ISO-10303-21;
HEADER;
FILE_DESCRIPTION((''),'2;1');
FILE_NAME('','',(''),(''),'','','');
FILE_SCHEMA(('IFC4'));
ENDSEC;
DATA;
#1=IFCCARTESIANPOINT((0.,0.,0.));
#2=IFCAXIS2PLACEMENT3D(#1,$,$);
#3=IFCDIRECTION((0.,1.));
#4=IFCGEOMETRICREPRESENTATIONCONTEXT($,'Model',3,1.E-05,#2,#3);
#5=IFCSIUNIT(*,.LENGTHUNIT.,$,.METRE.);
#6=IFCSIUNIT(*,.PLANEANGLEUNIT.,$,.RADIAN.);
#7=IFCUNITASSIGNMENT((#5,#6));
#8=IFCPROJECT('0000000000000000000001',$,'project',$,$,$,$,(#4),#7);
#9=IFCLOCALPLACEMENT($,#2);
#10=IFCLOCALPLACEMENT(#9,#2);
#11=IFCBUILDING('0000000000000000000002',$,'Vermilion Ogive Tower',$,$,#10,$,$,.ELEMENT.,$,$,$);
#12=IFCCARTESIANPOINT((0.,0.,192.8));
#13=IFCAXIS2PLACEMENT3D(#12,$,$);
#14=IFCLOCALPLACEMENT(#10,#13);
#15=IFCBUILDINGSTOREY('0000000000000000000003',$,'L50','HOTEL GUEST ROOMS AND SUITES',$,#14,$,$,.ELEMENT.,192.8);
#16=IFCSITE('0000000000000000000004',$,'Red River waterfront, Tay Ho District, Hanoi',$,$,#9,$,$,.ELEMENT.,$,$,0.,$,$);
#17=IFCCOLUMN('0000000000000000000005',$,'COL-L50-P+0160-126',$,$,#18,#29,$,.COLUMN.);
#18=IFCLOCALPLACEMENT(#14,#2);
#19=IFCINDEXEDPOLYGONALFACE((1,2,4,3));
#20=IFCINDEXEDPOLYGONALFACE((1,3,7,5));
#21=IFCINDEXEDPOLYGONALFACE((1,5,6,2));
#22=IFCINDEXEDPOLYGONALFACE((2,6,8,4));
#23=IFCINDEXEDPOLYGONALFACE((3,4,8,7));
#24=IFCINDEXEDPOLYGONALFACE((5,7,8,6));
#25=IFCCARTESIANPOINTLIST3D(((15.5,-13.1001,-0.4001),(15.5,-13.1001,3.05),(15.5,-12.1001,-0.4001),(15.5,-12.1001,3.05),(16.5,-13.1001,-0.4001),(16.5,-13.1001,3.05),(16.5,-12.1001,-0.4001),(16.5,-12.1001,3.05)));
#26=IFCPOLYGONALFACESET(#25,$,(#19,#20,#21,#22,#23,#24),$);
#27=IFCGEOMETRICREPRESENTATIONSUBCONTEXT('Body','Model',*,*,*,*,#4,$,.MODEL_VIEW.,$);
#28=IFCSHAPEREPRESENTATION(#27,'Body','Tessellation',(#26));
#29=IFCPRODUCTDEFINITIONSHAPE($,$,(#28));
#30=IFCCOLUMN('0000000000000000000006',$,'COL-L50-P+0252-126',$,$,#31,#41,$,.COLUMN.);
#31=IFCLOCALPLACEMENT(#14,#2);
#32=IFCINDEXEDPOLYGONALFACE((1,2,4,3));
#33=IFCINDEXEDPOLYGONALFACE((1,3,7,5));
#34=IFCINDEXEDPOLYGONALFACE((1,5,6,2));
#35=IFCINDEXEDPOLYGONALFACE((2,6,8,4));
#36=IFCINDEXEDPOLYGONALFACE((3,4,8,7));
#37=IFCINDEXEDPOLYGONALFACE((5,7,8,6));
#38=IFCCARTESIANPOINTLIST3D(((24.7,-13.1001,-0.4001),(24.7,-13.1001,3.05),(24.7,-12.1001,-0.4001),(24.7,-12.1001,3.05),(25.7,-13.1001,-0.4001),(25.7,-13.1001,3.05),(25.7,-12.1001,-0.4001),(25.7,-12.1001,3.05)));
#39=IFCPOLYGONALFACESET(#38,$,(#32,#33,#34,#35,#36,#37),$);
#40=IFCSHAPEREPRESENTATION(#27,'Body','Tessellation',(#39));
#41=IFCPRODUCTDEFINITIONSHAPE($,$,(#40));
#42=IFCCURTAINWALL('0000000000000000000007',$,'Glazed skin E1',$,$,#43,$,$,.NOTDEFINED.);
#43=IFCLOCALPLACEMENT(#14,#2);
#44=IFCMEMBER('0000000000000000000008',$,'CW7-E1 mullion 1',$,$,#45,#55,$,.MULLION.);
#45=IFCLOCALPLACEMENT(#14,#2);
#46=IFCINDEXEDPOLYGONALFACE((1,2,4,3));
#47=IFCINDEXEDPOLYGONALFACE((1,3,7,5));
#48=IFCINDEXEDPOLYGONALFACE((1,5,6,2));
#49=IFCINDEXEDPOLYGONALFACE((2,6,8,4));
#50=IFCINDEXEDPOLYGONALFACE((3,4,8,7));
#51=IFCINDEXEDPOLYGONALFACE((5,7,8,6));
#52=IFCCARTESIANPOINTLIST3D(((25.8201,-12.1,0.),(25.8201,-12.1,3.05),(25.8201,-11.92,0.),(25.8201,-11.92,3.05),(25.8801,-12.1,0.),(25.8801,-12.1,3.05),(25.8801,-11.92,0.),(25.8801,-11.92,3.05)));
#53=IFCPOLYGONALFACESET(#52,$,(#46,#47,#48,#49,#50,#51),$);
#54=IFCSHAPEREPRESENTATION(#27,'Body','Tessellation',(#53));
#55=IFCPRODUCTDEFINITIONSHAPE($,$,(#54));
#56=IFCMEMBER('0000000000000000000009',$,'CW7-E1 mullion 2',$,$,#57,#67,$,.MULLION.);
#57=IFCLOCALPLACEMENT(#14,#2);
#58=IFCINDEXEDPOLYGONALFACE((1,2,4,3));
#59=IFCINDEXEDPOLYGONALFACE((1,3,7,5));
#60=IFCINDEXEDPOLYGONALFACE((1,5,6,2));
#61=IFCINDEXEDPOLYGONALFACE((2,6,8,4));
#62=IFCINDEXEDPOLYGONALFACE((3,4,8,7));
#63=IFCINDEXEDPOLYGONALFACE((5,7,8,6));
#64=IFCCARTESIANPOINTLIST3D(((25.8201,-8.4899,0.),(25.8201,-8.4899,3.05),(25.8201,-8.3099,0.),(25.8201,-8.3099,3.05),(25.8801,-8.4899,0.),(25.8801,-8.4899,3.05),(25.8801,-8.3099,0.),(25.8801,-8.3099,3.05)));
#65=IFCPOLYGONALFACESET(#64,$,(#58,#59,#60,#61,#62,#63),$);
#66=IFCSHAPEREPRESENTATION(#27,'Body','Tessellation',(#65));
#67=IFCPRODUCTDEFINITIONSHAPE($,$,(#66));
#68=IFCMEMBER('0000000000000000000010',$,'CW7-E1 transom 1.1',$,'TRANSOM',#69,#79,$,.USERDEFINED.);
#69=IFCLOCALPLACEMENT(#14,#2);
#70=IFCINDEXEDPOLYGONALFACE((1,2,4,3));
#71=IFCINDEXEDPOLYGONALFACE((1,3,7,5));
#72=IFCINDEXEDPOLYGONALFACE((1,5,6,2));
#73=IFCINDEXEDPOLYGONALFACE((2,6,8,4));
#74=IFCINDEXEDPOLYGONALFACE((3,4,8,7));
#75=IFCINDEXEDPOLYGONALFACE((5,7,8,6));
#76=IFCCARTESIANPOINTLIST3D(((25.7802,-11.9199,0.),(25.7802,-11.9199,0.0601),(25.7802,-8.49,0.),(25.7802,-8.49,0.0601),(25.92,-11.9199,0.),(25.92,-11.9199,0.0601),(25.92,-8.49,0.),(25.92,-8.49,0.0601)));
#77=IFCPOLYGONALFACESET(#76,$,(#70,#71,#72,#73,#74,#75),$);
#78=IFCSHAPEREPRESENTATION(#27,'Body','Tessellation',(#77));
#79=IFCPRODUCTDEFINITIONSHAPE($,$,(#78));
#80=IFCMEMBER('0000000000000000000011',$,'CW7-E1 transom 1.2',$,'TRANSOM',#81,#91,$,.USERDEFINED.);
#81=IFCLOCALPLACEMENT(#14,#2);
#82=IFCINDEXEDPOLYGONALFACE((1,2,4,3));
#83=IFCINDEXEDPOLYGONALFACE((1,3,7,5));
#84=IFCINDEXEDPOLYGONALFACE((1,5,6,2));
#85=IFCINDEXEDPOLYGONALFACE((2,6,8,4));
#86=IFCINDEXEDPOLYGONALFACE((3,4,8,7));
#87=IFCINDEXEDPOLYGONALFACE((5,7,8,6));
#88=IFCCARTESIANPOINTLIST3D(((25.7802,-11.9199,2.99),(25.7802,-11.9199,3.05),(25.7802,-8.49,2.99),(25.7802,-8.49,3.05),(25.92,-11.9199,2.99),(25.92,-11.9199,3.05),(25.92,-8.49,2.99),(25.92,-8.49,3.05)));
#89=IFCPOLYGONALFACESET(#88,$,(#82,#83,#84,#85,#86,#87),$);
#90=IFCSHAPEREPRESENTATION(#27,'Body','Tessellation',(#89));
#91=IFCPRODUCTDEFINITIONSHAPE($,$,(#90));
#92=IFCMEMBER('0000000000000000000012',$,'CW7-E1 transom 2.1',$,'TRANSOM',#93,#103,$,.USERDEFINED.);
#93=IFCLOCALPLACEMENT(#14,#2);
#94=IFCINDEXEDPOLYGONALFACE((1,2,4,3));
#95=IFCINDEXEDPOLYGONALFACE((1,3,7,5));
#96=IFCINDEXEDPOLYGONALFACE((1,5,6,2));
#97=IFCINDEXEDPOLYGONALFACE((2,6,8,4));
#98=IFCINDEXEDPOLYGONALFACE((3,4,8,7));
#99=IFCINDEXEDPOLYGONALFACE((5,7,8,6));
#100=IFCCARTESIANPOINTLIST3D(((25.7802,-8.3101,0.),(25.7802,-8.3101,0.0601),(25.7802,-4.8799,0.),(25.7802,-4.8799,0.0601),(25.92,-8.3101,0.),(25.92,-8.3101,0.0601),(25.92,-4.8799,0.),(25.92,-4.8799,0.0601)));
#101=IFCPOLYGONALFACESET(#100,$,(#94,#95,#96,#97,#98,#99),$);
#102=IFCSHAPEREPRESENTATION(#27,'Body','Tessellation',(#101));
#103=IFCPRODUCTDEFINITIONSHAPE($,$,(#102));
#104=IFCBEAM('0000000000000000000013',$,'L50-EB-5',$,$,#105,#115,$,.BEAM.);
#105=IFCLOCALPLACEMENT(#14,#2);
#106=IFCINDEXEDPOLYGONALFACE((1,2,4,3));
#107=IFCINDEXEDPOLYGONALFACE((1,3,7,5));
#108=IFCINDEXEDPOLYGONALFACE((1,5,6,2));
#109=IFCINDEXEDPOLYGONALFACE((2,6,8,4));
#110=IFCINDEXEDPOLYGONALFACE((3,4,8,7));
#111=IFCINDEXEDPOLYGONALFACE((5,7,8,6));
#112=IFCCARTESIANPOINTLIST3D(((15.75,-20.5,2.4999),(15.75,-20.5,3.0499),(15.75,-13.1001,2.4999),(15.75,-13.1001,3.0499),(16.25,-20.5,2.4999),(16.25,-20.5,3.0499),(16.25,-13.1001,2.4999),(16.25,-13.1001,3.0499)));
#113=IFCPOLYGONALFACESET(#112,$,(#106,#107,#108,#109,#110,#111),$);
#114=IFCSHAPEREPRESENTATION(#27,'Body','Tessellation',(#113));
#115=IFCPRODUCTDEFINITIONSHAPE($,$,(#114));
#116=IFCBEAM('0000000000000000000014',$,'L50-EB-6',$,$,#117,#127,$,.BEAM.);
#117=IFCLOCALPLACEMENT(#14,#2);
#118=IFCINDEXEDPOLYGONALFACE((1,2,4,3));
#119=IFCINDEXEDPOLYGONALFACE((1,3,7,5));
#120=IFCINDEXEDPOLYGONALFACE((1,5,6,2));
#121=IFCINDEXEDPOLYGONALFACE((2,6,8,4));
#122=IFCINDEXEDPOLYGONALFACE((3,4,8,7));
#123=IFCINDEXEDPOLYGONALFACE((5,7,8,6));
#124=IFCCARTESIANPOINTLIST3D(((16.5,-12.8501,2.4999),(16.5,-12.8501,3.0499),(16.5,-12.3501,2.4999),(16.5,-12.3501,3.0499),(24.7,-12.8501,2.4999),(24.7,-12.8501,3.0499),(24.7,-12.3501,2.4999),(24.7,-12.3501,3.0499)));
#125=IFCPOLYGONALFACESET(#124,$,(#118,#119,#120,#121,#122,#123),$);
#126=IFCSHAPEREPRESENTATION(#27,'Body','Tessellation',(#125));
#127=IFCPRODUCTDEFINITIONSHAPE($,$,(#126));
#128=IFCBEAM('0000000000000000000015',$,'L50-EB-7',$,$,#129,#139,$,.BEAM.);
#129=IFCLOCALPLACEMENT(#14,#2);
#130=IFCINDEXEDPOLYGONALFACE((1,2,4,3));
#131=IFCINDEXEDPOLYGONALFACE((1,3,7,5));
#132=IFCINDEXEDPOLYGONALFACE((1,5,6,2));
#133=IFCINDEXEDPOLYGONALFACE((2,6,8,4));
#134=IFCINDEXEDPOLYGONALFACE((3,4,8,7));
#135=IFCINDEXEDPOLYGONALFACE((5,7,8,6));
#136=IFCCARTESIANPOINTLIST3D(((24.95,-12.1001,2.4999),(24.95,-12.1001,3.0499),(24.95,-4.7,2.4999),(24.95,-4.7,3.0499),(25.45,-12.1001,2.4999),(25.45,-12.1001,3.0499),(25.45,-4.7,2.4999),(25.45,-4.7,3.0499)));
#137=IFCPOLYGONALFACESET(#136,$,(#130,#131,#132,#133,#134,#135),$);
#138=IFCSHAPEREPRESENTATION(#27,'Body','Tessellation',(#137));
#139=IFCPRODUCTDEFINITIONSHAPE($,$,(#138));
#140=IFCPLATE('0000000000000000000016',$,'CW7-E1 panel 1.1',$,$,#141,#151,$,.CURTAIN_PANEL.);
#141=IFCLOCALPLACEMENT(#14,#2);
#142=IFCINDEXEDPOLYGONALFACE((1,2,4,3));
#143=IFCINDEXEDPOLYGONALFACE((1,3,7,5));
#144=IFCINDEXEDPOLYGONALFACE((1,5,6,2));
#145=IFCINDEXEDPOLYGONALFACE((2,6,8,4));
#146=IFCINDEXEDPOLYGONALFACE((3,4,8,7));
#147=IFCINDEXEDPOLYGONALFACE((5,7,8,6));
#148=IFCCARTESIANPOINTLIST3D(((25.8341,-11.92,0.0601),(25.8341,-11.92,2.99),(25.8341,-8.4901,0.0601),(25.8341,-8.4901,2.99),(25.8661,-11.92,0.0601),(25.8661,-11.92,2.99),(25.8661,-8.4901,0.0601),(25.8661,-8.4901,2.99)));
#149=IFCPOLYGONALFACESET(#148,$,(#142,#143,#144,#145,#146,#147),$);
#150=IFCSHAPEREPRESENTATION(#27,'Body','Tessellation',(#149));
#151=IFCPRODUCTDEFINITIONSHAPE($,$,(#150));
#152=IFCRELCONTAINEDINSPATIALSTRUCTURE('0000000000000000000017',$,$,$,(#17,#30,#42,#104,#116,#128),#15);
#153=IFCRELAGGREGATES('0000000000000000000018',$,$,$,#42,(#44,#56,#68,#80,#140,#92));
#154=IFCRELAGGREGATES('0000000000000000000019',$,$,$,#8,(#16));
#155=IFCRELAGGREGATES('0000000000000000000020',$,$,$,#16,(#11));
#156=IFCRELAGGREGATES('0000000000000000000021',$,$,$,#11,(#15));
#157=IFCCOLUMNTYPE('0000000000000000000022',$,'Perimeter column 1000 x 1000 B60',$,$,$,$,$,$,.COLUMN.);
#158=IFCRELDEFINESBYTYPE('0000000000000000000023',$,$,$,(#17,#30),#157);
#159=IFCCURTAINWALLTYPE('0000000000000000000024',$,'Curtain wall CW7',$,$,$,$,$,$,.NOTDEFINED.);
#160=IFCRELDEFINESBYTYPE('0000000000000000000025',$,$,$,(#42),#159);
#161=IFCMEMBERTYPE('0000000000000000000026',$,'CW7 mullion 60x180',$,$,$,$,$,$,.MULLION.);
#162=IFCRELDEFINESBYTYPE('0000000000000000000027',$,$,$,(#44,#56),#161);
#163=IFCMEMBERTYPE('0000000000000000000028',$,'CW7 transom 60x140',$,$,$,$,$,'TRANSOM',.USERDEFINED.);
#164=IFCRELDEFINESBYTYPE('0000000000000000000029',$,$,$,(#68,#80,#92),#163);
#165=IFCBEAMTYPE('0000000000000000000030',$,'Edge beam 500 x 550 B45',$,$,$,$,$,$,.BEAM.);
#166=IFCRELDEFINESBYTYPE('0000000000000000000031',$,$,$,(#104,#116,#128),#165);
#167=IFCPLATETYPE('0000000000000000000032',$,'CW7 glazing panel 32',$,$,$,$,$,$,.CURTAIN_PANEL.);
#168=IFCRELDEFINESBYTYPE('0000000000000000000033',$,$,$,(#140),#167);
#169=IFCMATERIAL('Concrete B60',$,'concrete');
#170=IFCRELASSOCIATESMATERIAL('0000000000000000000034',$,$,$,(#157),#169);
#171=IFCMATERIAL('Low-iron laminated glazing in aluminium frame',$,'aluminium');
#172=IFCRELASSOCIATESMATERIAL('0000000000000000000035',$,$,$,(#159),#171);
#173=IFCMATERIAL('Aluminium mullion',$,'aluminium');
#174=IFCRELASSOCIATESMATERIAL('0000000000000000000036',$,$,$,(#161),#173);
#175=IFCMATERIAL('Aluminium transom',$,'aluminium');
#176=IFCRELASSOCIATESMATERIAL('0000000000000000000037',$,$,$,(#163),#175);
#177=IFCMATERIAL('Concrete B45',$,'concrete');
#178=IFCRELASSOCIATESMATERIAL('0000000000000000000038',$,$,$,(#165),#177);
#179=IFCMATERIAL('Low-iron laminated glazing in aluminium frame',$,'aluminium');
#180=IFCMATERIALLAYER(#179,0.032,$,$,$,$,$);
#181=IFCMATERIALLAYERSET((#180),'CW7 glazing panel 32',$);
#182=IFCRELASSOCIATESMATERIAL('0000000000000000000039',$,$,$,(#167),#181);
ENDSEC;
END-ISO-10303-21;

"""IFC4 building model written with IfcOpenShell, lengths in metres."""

from ifc_helpers import new_model, si_unit, direction, frame, origin, origin_2d, place, context, subcontext, project, spatial, rectangle, extrude, material, layer, layer_set, material_profile, profile_set, type_object, element, aggregate, save


model = new_model("IFC4")

# Units and contexts
model_context = context("Model", 3, precision=1e-05, world=origin(), true_north=direction((0.0, 1.0)))
body_context = subcontext(model_context, "Body", "Model", "MODEL_VIEW")
ifc_project = project(units=[si_unit("LENGTHUNIT", "METRE"), si_unit("PLANEANGLEUNIT", "RADIAN")], contexts=[model_context])

# Site, building, storey
site_placement = place(None, origin())
site = spatial("IfcSite", under=ifc_project, at=site_placement, Name="Red River waterfront, Tay Ho District, Hanoi", CompositionType="ELEMENT", RefElevation=0.0)
building_placement = place(site_placement, origin())
building = spatial("IfcBuilding", under=site, at=building_placement, Name="Vermilion Ogive Tower", CompositionType="ELEMENT")
storey_placement = place(building_placement, frame((0.0, 0.0, 192.8)))
storey = spatial("IfcBuildingStorey", under=building, at=storey_placement, Name="L50", Description="HOTEL GUEST ROOMS AND SUITES", CompositionType="ELEMENT", Elevation=192.8)

# Columns
ifc_material_1 = material(Name="Concrete B60", Category="concrete")
ifc_material_profile_1 = material_profile(ifc_material_1, rectangle(XDim=1.0, YDim=1.0, at=origin_2d()), Name="1000 x 1000")
ifc_profile_set_1 = profile_set([ifc_material_profile_1], Name="Concrete B60")
column_type = type_object("IfcColumnType", Name="Perimeter column 1000 x 1000 B60", PredefinedType="COLUMN", material=ifc_profile_set_1)
for number, where, z_axis, x_axis, name in (
    (1, (16.0, -12.6001, -0.4001), (0.0, 0.0, 1.0), (1.0, 0.0, 0.0), "COL-L50-P+0160-126"),
    (2, (25.2, -12.6001, -0.4001), (0.0, 0.0, 1.0), (1.0, 0.0, 0.0), "COL-L50-P+0252-126"),
):
    element("IfcColumn", number, at=place(storey_placement, frame(where, z_axis=z_axis, x_axis=x_axis)), inside=storey, type_object=column_type, Name=name, PredefinedType="COLUMN", context=body_context, shape_type="SweptSolid", body=[
        extrude(rectangle(XDim=1.0, YDim=1.0, at=origin_2d()), origin(), (0.0, 0.0, 1.0), 3.4502),
    ])

# Curtain wall, members
ifc_material_2 = material(Name="Low-iron laminated glazing in aluminium frame", Category="aluminium")
curtain_wall_type = type_object("IfcCurtainWallType", Name="Curtain wall CW7", PredefinedType="NOTDEFINED", material=ifc_material_2)
curtain_wall_placement = place(storey_placement, origin())
curtain_wall = element("IfcCurtainWall", 3, at=curtain_wall_placement, inside=storey, type_object=curtain_wall_type, Name="Glazed skin E1", PredefinedType="NOTDEFINED")
ifc_material_3 = material(Name="Aluminium mullion", Category="aluminium")
ifc_material_profile_2 = material_profile(ifc_material_3, rectangle(XDim=0.0601, YDim=0.1799, at=origin_2d()), Name="AL 60x180")
ifc_profile_set_2 = profile_set([ifc_material_profile_2], Name="Aluminium mullion")
member_type_1 = type_object("IfcMemberType", Name="CW7 mullion 60x180", PredefinedType="MULLION", material=ifc_profile_set_2)
member_1_placement = place(storey_placement, frame((25.8501, -12.01, 0.0), z_axis=(0.0, 0.0, 1.0), x_axis=(-1.0, 0.0, 0.0)))
member_1 = element("IfcMember", 4, at=member_1_placement, type_object=member_type_1, Name="CW7-E1 mullion 1", PredefinedType="MULLION", context=body_context, shape_type="SweptSolid", body=[
    extrude(rectangle(XDim=0.0601, YDim=0.1799, at=origin_2d()), origin(), (0.0, 0.0, 1.0), 3.05),
])
member_2_placement = place(storey_placement, frame((25.8501, -8.3999, 0.0), z_axis=(0.0, 0.0, 1.0), x_axis=(-1.0, 0.0, 0.0)))
member_2 = element("IfcMember", 5, at=member_2_placement, type_object=member_type_1, Name="CW7-E1 mullion 2", PredefinedType="MULLION", context=body_context, shape_type="SweptSolid", body=[
    extrude(rectangle(XDim=0.0601, YDim=0.1799, at=origin_2d()), origin(), (0.0, 0.0, 1.0), 3.05),
])
ifc_material_4 = material(Name="Aluminium transom", Category="aluminium")
ifc_material_profile_3 = material_profile(ifc_material_4, rectangle(XDim=0.1399, YDim=0.0601, at=origin_2d()), Name="AL 60x140")
ifc_profile_set_3 = profile_set([ifc_material_profile_3], Name="Aluminium transom")
member_type_2 = type_object("IfcMemberType", Name="CW7 transom 60x140", ElementType="TRANSOM", PredefinedType="USERDEFINED", material=ifc_profile_set_3)
member_3_placement = place(storey_placement, frame((25.8501, -11.9199, 0.03), z_axis=(0.0, 1.0, 0.0), x_axis=(-1.0, 0.0, 0.0)))
member_3 = element("IfcMember", 6, at=member_3_placement, type_object=member_type_2, Name="CW7-E1 transom 1.1", ObjectType="TRANSOM", PredefinedType="USERDEFINED", context=body_context, shape_type="SweptSolid", body=[
    extrude(rectangle(XDim=0.1399, YDim=0.0601, at=origin_2d()), origin(), (0.0, 0.0, 1.0), 3.4299),
])
member_4_placement = place(storey_placement, frame((25.8501, -11.9199, 3.02), z_axis=(0.0, 1.0, 0.0), x_axis=(-1.0, 0.0, 0.0)))
member_4 = element("IfcMember", 7, at=member_4_placement, type_object=member_type_2, Name="CW7-E1 transom 1.2", ObjectType="TRANSOM", PredefinedType="USERDEFINED", context=body_context, shape_type="SweptSolid", body=[
    extrude(rectangle(XDim=0.1399, YDim=0.0601, at=origin_2d()), origin(), (0.0, 0.0, 1.0), 3.4299),
])
member_5_placement = place(storey_placement, frame((25.8501, -8.3101, 0.03), z_axis=(0.0, 1.0, 0.0), x_axis=(-1.0, 0.0, 0.0)))
member_5 = element("IfcMember", 8, at=member_5_placement, type_object=member_type_2, Name="CW7-E1 transom 2.1", ObjectType="TRANSOM", PredefinedType="USERDEFINED", context=body_context, shape_type="SweptSolid", body=[
    extrude(rectangle(XDim=0.1399, YDim=0.0601, at=origin_2d()), origin(), (0.0, 0.0, 1.0), 3.4302),
])

# Beams
ifc_material_5 = material(Name="Concrete B45", Category="concrete")
ifc_material_profile_4 = material_profile(ifc_material_5, rectangle(XDim=0.5, YDim=0.55, at=origin_2d()), Name="500 x 550")
ifc_profile_set_4 = profile_set([ifc_material_profile_4], Name="Concrete B45")
beam_type = type_object("IfcBeamType", Name="Edge beam 500 x 550 B45", PredefinedType="BEAM", material=ifc_profile_set_4)
beam_1_placement = place(storey_placement, frame((16.0, -20.5, 2.7749), z_axis=(0.0, 1.0, 0.0), x_axis=(-1.0, 0.0, 0.0)))
element("IfcBeam", 9, at=beam_1_placement, inside=storey, type_object=beam_type, Name="L50-EB-5", PredefinedType="BEAM", context=body_context, shape_type="SweptSolid", body=[
    extrude(rectangle(XDim=0.5, YDim=0.55, at=origin_2d()), origin(), (0.0, 0.0, 1.0), 7.3999),
])
beam_2_placement = place(storey_placement, frame((16.5, -12.6001, 2.7749), z_axis=(1.0, 0.0, 0.0), x_axis=(0.0, 1.0, 0.0)))
element("IfcBeam", 10, at=beam_2_placement, inside=storey, type_object=beam_type, Name="L50-EB-6", PredefinedType="BEAM", context=body_context, shape_type="SweptSolid", body=[
    extrude(rectangle(XDim=0.5, YDim=0.55, at=origin_2d()), origin(), (0.0, 0.0, 1.0), 8.2),
])
beam_3_placement = place(storey_placement, frame((25.2, -12.1001, 2.7749), z_axis=(0.0, 1.0, 0.0), x_axis=(-1.0, 0.0, 0.0)))
element("IfcBeam", 11, at=beam_3_placement, inside=storey, type_object=beam_type, Name="L50-EB-7", PredefinedType="BEAM", context=body_context, shape_type="SweptSolid", body=[
    extrude(rectangle(XDim=0.5, YDim=0.55, at=origin_2d()), origin(), (0.0, 0.0, 1.0), 7.4001),
])

# Plate
ifc_material_6 = material(Name="Low-iron laminated glazing in aluminium frame", Category="aluminium")
ifc_layer_1 = layer(ifc_material_6, 0.032)
ifc_layer_set_1 = layer_set([ifc_layer_1], Name="CW7 glazing panel 32")
plate_type = type_object("IfcPlateType", Name="CW7 glazing panel 32", PredefinedType="CURTAIN_PANEL", material=ifc_layer_set_1)
plate_placement = place(storey_placement, frame((25.8501, -10.2051, 0.0601), z_axis=(0.0, 0.0, 1.0), x_axis=(0.0, 1.0, 0.0)))
plate = element("IfcPlate", 12, at=plate_placement, type_object=plate_type, Name="CW7-E1 panel 1.1", PredefinedType="CURTAIN_PANEL", context=body_context, shape_type="SweptSolid", body=[
    extrude(rectangle(XDim=3.4299, YDim=0.032, at=origin_2d()), origin(), (0.0, 0.0, 1.0), 2.9299),
])
aggregate(curtain_wall, [member_1, member_2, member_3, member_4, plate, member_5])

save(model, "model.ifc")
